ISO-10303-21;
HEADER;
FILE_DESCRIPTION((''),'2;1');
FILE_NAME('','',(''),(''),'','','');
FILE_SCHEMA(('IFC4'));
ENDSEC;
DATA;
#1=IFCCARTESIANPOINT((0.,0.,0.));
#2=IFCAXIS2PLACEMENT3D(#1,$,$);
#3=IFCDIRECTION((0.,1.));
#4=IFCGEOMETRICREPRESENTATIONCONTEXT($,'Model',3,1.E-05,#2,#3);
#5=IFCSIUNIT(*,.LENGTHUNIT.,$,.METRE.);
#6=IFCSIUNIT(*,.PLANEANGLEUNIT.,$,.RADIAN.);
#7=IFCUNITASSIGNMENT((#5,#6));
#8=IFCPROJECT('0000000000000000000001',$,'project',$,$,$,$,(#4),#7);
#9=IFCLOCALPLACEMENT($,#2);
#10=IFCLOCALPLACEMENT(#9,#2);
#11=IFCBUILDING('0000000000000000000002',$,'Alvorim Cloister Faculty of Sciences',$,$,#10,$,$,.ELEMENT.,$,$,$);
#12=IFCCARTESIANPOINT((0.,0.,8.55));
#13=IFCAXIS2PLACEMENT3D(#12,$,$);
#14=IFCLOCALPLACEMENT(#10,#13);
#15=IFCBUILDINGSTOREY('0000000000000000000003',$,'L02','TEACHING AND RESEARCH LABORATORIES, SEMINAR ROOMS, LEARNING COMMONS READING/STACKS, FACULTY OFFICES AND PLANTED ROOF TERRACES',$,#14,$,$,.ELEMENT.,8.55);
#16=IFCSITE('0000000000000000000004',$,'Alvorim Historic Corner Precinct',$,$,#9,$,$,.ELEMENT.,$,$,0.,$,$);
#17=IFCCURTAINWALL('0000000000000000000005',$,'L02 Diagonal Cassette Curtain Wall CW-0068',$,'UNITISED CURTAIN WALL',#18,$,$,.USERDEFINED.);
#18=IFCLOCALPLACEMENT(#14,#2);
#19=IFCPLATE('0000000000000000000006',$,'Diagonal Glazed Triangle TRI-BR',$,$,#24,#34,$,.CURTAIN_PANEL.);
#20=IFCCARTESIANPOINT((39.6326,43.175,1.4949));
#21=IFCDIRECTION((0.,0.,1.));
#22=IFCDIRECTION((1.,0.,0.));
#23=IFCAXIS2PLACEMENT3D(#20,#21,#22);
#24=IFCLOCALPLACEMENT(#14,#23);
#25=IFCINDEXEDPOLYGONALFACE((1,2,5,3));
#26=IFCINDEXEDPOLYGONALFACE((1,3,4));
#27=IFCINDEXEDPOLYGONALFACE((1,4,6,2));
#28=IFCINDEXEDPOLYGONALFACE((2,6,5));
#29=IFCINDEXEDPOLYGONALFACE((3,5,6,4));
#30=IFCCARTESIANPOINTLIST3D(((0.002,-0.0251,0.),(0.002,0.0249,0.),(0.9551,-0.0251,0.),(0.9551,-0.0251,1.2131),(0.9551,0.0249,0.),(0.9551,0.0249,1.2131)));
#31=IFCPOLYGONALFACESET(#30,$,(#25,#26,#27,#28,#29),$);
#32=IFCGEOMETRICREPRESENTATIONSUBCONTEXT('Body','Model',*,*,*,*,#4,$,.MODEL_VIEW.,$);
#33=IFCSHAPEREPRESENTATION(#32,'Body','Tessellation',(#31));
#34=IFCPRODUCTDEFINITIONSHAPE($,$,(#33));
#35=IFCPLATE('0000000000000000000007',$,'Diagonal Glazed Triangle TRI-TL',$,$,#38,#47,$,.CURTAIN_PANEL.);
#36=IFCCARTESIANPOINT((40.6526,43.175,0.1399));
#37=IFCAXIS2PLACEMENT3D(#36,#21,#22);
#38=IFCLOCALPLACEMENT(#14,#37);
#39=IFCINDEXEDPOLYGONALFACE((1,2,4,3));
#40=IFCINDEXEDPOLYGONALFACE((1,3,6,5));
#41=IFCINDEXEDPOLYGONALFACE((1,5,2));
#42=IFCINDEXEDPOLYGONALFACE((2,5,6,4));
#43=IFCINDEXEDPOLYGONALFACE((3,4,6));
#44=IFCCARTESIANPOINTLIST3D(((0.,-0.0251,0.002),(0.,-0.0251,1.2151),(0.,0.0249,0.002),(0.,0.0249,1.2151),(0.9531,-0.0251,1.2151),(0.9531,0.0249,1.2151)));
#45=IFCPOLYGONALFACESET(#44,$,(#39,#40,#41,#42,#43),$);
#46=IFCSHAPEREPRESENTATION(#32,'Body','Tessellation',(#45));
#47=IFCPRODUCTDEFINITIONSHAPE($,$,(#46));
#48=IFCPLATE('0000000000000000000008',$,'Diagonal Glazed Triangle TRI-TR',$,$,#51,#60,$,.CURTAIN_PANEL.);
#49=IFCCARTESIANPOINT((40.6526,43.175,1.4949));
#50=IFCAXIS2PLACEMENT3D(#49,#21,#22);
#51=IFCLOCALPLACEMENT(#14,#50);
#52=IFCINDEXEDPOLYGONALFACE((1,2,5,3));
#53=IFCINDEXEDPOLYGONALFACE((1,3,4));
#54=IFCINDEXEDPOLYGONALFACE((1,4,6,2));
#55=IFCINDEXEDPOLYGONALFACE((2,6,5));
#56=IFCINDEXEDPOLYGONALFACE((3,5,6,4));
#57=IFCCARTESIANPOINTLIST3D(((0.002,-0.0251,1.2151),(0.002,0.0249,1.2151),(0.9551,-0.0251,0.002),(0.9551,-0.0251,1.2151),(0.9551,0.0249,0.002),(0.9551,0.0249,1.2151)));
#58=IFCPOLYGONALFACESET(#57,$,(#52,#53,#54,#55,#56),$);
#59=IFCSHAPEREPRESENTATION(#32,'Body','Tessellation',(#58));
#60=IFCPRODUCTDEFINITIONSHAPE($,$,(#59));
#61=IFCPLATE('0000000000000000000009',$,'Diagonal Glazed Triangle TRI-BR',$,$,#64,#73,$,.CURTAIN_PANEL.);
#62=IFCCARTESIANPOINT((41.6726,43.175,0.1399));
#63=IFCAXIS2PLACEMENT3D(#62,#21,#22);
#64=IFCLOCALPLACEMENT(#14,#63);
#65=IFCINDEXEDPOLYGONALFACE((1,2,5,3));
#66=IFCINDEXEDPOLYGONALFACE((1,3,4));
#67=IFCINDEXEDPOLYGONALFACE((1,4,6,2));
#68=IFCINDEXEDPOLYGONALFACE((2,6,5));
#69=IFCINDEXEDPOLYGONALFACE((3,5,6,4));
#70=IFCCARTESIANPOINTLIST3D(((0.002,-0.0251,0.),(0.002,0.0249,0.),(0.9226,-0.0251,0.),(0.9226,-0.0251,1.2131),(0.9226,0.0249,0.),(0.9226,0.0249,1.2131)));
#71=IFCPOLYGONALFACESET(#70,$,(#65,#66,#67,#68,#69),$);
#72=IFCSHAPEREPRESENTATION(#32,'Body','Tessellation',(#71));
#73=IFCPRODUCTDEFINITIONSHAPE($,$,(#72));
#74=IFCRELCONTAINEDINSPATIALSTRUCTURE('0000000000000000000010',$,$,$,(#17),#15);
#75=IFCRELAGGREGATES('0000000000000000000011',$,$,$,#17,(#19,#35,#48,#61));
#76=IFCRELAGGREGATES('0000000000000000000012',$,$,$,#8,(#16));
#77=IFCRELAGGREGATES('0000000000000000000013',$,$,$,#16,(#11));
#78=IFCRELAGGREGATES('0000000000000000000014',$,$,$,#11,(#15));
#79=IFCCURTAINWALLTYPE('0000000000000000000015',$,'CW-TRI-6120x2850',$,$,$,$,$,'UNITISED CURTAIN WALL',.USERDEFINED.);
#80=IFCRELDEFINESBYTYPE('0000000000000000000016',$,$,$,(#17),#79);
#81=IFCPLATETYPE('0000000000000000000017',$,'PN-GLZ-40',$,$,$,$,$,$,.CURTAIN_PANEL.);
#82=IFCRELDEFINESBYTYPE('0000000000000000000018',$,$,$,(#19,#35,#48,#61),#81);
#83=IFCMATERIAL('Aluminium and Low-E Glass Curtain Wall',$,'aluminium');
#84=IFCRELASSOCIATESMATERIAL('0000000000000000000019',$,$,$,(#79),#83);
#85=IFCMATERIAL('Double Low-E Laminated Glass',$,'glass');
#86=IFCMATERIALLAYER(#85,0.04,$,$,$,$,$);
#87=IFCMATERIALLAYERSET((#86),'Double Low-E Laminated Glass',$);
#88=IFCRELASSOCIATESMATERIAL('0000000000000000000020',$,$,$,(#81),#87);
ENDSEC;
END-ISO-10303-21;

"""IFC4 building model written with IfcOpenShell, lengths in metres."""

from ifc_helpers import new_model, si_unit, direction, frame, origin, place, context, subcontext, project, spatial, polyline, outline, extrude, material, layer, layer_set, type_object, element, aggregate, save


model = new_model("IFC4")

# Units and contexts
model_context = context("Model", 3, precision=1e-05, world=origin(), true_north=direction((0.0, 1.0)))
body_context = subcontext(model_context, "Body", "Model", "MODEL_VIEW")
ifc_project = project(units=[si_unit("LENGTHUNIT", "METRE"), si_unit("PLANEANGLEUNIT", "RADIAN")], contexts=[model_context])

# Site, building, storey
site_placement = place(None, origin())
site = spatial("IfcSite", under=ifc_project, at=site_placement, Name="Alvorim Historic Corner Precinct", CompositionType="ELEMENT", RefElevation=0.0)
building_placement = place(site_placement, origin())
building = spatial("IfcBuilding", under=site, at=building_placement, Name="Alvorim Cloister Faculty of Sciences", CompositionType="ELEMENT")
storey_placement = place(building_placement, frame((0.0, 0.0, 8.55)))
storey = spatial("IfcBuildingStorey", under=building, at=storey_placement, Name="L02", Description="TEACHING AND RESEARCH LABORATORIES, SEMINAR ROOMS, LEARNING COMMONS READING/STACKS, FACULTY OFFICES AND PLANTED ROOF TERRACES", CompositionType="ELEMENT", Elevation=8.55)

# Curtain wall, plates
ifc_material_1 = material(Name="Aluminium and Low-E Glass Curtain Wall", Category="aluminium")
curtain_wall_type = type_object("IfcCurtainWallType", Name="CW-TRI-6120x2850", ElementType="UNITISED CURTAIN WALL", PredefinedType="USERDEFINED", material=ifc_material_1)
curtain_wall_placement = place(storey_placement, origin())
curtain_wall = element("IfcCurtainWall", 1, at=curtain_wall_placement, inside=storey, type_object=curtain_wall_type, Name="L02 Diagonal Cassette Curtain Wall CW-0068", ObjectType="UNITISED CURTAIN WALL", PredefinedType="USERDEFINED")
ifc_material_2 = material(Name="Double Low-E Laminated Glass", Category="glass")
ifc_layer = layer(ifc_material_2, 0.04)
ifc_layer_set = layer_set([ifc_layer], Name="Double Low-E Laminated Glass")
plate_type = type_object("IfcPlateType", Name="PN-GLZ-40", PredefinedType="CURTAIN_PANEL", material=ifc_layer_set)
plate_1_placement = place(storey_placement, frame((39.6326, 43.175, 1.4949), z_axis=(0.0, 0.0, 1.0), x_axis=(1.0, 0.0, 0.0)))
plate_1 = element("IfcPlate", 2, at=plate_1_placement, type_object=plate_type, Name="Diagonal Glazed Triangle TRI-BR", PredefinedType="CURTAIN_PANEL", context=body_context, shape_type="SweptSolid", body=[
    extrude(outline(polyline([(0.002, 0.0), (0.9551, 0.0), (0.9551, 1.2131), (0.002, 0.0)])), frame((0.0, 0.0249, 0.0), z_axis=(0.0, -1.0, 0.0), x_axis=(1.0, 0.0, 0.0)), (0.0, 0.0, 1.0), 0.05),
])
plate_2_placement = place(storey_placement, frame((40.6526, 43.175, 0.1399), z_axis=(0.0, 0.0, 1.0), x_axis=(1.0, 0.0, 0.0)))
plate_2 = element("IfcPlate", 3, at=plate_2_placement, type_object=plate_type, Name="Diagonal Glazed Triangle TRI-TL", PredefinedType="CURTAIN_PANEL", context=body_context, shape_type="SweptSolid", body=[
    extrude(outline(polyline([(0.9531, 1.2151), (0.0, 1.2151), (0.0, 0.002), (0.9531, 1.2151)])), frame((0.0, 0.0249, 0.0), z_axis=(0.0, -1.0, 0.0), x_axis=(1.0, 0.0, 0.0)), (0.0, 0.0, 1.0), 0.05),
])
plate_3_placement = place(storey_placement, frame((40.6526, 43.175, 1.4949), z_axis=(0.0, 0.0, 1.0), x_axis=(1.0, 0.0, 0.0)))
plate_3 = element("IfcPlate", 4, at=plate_3_placement, type_object=plate_type, Name="Diagonal Glazed Triangle TRI-TR", PredefinedType="CURTAIN_PANEL", context=body_context, shape_type="SweptSolid", body=[
    extrude(outline(polyline([(0.9551, 0.002), (0.9551, 1.2151), (0.002, 1.2151), (0.9551, 0.002)])), frame((0.0, 0.0249, 0.0), z_axis=(0.0, -1.0, 0.0), x_axis=(1.0, 0.0, 0.0)), (0.0, 0.0, 1.0), 0.05),
])
plate_4_placement = place(storey_placement, frame((41.6726, 43.175, 0.1399), z_axis=(0.0, 0.0, 1.0), x_axis=(1.0, 0.0, 0.0)))
plate_4 = element("IfcPlate", 5, at=plate_4_placement, type_object=plate_type, Name="Diagonal Glazed Triangle TRI-BR", PredefinedType="CURTAIN_PANEL", context=body_context, shape_type="SweptSolid", body=[
    extrude(outline(polyline([(0.002, 0.0), (0.9226, 0.0), (0.9226, 1.2131), (0.002, 0.0)])), frame((0.0, 0.0249, 0.0), z_axis=(0.0, -1.0, 0.0), x_axis=(1.0, 0.0, 0.0)), (0.0, 0.0, 1.0), 0.05),
])
aggregate(curtain_wall, [plate_1, plate_2, plate_3, plate_4])

save(model, "model.ifc")
